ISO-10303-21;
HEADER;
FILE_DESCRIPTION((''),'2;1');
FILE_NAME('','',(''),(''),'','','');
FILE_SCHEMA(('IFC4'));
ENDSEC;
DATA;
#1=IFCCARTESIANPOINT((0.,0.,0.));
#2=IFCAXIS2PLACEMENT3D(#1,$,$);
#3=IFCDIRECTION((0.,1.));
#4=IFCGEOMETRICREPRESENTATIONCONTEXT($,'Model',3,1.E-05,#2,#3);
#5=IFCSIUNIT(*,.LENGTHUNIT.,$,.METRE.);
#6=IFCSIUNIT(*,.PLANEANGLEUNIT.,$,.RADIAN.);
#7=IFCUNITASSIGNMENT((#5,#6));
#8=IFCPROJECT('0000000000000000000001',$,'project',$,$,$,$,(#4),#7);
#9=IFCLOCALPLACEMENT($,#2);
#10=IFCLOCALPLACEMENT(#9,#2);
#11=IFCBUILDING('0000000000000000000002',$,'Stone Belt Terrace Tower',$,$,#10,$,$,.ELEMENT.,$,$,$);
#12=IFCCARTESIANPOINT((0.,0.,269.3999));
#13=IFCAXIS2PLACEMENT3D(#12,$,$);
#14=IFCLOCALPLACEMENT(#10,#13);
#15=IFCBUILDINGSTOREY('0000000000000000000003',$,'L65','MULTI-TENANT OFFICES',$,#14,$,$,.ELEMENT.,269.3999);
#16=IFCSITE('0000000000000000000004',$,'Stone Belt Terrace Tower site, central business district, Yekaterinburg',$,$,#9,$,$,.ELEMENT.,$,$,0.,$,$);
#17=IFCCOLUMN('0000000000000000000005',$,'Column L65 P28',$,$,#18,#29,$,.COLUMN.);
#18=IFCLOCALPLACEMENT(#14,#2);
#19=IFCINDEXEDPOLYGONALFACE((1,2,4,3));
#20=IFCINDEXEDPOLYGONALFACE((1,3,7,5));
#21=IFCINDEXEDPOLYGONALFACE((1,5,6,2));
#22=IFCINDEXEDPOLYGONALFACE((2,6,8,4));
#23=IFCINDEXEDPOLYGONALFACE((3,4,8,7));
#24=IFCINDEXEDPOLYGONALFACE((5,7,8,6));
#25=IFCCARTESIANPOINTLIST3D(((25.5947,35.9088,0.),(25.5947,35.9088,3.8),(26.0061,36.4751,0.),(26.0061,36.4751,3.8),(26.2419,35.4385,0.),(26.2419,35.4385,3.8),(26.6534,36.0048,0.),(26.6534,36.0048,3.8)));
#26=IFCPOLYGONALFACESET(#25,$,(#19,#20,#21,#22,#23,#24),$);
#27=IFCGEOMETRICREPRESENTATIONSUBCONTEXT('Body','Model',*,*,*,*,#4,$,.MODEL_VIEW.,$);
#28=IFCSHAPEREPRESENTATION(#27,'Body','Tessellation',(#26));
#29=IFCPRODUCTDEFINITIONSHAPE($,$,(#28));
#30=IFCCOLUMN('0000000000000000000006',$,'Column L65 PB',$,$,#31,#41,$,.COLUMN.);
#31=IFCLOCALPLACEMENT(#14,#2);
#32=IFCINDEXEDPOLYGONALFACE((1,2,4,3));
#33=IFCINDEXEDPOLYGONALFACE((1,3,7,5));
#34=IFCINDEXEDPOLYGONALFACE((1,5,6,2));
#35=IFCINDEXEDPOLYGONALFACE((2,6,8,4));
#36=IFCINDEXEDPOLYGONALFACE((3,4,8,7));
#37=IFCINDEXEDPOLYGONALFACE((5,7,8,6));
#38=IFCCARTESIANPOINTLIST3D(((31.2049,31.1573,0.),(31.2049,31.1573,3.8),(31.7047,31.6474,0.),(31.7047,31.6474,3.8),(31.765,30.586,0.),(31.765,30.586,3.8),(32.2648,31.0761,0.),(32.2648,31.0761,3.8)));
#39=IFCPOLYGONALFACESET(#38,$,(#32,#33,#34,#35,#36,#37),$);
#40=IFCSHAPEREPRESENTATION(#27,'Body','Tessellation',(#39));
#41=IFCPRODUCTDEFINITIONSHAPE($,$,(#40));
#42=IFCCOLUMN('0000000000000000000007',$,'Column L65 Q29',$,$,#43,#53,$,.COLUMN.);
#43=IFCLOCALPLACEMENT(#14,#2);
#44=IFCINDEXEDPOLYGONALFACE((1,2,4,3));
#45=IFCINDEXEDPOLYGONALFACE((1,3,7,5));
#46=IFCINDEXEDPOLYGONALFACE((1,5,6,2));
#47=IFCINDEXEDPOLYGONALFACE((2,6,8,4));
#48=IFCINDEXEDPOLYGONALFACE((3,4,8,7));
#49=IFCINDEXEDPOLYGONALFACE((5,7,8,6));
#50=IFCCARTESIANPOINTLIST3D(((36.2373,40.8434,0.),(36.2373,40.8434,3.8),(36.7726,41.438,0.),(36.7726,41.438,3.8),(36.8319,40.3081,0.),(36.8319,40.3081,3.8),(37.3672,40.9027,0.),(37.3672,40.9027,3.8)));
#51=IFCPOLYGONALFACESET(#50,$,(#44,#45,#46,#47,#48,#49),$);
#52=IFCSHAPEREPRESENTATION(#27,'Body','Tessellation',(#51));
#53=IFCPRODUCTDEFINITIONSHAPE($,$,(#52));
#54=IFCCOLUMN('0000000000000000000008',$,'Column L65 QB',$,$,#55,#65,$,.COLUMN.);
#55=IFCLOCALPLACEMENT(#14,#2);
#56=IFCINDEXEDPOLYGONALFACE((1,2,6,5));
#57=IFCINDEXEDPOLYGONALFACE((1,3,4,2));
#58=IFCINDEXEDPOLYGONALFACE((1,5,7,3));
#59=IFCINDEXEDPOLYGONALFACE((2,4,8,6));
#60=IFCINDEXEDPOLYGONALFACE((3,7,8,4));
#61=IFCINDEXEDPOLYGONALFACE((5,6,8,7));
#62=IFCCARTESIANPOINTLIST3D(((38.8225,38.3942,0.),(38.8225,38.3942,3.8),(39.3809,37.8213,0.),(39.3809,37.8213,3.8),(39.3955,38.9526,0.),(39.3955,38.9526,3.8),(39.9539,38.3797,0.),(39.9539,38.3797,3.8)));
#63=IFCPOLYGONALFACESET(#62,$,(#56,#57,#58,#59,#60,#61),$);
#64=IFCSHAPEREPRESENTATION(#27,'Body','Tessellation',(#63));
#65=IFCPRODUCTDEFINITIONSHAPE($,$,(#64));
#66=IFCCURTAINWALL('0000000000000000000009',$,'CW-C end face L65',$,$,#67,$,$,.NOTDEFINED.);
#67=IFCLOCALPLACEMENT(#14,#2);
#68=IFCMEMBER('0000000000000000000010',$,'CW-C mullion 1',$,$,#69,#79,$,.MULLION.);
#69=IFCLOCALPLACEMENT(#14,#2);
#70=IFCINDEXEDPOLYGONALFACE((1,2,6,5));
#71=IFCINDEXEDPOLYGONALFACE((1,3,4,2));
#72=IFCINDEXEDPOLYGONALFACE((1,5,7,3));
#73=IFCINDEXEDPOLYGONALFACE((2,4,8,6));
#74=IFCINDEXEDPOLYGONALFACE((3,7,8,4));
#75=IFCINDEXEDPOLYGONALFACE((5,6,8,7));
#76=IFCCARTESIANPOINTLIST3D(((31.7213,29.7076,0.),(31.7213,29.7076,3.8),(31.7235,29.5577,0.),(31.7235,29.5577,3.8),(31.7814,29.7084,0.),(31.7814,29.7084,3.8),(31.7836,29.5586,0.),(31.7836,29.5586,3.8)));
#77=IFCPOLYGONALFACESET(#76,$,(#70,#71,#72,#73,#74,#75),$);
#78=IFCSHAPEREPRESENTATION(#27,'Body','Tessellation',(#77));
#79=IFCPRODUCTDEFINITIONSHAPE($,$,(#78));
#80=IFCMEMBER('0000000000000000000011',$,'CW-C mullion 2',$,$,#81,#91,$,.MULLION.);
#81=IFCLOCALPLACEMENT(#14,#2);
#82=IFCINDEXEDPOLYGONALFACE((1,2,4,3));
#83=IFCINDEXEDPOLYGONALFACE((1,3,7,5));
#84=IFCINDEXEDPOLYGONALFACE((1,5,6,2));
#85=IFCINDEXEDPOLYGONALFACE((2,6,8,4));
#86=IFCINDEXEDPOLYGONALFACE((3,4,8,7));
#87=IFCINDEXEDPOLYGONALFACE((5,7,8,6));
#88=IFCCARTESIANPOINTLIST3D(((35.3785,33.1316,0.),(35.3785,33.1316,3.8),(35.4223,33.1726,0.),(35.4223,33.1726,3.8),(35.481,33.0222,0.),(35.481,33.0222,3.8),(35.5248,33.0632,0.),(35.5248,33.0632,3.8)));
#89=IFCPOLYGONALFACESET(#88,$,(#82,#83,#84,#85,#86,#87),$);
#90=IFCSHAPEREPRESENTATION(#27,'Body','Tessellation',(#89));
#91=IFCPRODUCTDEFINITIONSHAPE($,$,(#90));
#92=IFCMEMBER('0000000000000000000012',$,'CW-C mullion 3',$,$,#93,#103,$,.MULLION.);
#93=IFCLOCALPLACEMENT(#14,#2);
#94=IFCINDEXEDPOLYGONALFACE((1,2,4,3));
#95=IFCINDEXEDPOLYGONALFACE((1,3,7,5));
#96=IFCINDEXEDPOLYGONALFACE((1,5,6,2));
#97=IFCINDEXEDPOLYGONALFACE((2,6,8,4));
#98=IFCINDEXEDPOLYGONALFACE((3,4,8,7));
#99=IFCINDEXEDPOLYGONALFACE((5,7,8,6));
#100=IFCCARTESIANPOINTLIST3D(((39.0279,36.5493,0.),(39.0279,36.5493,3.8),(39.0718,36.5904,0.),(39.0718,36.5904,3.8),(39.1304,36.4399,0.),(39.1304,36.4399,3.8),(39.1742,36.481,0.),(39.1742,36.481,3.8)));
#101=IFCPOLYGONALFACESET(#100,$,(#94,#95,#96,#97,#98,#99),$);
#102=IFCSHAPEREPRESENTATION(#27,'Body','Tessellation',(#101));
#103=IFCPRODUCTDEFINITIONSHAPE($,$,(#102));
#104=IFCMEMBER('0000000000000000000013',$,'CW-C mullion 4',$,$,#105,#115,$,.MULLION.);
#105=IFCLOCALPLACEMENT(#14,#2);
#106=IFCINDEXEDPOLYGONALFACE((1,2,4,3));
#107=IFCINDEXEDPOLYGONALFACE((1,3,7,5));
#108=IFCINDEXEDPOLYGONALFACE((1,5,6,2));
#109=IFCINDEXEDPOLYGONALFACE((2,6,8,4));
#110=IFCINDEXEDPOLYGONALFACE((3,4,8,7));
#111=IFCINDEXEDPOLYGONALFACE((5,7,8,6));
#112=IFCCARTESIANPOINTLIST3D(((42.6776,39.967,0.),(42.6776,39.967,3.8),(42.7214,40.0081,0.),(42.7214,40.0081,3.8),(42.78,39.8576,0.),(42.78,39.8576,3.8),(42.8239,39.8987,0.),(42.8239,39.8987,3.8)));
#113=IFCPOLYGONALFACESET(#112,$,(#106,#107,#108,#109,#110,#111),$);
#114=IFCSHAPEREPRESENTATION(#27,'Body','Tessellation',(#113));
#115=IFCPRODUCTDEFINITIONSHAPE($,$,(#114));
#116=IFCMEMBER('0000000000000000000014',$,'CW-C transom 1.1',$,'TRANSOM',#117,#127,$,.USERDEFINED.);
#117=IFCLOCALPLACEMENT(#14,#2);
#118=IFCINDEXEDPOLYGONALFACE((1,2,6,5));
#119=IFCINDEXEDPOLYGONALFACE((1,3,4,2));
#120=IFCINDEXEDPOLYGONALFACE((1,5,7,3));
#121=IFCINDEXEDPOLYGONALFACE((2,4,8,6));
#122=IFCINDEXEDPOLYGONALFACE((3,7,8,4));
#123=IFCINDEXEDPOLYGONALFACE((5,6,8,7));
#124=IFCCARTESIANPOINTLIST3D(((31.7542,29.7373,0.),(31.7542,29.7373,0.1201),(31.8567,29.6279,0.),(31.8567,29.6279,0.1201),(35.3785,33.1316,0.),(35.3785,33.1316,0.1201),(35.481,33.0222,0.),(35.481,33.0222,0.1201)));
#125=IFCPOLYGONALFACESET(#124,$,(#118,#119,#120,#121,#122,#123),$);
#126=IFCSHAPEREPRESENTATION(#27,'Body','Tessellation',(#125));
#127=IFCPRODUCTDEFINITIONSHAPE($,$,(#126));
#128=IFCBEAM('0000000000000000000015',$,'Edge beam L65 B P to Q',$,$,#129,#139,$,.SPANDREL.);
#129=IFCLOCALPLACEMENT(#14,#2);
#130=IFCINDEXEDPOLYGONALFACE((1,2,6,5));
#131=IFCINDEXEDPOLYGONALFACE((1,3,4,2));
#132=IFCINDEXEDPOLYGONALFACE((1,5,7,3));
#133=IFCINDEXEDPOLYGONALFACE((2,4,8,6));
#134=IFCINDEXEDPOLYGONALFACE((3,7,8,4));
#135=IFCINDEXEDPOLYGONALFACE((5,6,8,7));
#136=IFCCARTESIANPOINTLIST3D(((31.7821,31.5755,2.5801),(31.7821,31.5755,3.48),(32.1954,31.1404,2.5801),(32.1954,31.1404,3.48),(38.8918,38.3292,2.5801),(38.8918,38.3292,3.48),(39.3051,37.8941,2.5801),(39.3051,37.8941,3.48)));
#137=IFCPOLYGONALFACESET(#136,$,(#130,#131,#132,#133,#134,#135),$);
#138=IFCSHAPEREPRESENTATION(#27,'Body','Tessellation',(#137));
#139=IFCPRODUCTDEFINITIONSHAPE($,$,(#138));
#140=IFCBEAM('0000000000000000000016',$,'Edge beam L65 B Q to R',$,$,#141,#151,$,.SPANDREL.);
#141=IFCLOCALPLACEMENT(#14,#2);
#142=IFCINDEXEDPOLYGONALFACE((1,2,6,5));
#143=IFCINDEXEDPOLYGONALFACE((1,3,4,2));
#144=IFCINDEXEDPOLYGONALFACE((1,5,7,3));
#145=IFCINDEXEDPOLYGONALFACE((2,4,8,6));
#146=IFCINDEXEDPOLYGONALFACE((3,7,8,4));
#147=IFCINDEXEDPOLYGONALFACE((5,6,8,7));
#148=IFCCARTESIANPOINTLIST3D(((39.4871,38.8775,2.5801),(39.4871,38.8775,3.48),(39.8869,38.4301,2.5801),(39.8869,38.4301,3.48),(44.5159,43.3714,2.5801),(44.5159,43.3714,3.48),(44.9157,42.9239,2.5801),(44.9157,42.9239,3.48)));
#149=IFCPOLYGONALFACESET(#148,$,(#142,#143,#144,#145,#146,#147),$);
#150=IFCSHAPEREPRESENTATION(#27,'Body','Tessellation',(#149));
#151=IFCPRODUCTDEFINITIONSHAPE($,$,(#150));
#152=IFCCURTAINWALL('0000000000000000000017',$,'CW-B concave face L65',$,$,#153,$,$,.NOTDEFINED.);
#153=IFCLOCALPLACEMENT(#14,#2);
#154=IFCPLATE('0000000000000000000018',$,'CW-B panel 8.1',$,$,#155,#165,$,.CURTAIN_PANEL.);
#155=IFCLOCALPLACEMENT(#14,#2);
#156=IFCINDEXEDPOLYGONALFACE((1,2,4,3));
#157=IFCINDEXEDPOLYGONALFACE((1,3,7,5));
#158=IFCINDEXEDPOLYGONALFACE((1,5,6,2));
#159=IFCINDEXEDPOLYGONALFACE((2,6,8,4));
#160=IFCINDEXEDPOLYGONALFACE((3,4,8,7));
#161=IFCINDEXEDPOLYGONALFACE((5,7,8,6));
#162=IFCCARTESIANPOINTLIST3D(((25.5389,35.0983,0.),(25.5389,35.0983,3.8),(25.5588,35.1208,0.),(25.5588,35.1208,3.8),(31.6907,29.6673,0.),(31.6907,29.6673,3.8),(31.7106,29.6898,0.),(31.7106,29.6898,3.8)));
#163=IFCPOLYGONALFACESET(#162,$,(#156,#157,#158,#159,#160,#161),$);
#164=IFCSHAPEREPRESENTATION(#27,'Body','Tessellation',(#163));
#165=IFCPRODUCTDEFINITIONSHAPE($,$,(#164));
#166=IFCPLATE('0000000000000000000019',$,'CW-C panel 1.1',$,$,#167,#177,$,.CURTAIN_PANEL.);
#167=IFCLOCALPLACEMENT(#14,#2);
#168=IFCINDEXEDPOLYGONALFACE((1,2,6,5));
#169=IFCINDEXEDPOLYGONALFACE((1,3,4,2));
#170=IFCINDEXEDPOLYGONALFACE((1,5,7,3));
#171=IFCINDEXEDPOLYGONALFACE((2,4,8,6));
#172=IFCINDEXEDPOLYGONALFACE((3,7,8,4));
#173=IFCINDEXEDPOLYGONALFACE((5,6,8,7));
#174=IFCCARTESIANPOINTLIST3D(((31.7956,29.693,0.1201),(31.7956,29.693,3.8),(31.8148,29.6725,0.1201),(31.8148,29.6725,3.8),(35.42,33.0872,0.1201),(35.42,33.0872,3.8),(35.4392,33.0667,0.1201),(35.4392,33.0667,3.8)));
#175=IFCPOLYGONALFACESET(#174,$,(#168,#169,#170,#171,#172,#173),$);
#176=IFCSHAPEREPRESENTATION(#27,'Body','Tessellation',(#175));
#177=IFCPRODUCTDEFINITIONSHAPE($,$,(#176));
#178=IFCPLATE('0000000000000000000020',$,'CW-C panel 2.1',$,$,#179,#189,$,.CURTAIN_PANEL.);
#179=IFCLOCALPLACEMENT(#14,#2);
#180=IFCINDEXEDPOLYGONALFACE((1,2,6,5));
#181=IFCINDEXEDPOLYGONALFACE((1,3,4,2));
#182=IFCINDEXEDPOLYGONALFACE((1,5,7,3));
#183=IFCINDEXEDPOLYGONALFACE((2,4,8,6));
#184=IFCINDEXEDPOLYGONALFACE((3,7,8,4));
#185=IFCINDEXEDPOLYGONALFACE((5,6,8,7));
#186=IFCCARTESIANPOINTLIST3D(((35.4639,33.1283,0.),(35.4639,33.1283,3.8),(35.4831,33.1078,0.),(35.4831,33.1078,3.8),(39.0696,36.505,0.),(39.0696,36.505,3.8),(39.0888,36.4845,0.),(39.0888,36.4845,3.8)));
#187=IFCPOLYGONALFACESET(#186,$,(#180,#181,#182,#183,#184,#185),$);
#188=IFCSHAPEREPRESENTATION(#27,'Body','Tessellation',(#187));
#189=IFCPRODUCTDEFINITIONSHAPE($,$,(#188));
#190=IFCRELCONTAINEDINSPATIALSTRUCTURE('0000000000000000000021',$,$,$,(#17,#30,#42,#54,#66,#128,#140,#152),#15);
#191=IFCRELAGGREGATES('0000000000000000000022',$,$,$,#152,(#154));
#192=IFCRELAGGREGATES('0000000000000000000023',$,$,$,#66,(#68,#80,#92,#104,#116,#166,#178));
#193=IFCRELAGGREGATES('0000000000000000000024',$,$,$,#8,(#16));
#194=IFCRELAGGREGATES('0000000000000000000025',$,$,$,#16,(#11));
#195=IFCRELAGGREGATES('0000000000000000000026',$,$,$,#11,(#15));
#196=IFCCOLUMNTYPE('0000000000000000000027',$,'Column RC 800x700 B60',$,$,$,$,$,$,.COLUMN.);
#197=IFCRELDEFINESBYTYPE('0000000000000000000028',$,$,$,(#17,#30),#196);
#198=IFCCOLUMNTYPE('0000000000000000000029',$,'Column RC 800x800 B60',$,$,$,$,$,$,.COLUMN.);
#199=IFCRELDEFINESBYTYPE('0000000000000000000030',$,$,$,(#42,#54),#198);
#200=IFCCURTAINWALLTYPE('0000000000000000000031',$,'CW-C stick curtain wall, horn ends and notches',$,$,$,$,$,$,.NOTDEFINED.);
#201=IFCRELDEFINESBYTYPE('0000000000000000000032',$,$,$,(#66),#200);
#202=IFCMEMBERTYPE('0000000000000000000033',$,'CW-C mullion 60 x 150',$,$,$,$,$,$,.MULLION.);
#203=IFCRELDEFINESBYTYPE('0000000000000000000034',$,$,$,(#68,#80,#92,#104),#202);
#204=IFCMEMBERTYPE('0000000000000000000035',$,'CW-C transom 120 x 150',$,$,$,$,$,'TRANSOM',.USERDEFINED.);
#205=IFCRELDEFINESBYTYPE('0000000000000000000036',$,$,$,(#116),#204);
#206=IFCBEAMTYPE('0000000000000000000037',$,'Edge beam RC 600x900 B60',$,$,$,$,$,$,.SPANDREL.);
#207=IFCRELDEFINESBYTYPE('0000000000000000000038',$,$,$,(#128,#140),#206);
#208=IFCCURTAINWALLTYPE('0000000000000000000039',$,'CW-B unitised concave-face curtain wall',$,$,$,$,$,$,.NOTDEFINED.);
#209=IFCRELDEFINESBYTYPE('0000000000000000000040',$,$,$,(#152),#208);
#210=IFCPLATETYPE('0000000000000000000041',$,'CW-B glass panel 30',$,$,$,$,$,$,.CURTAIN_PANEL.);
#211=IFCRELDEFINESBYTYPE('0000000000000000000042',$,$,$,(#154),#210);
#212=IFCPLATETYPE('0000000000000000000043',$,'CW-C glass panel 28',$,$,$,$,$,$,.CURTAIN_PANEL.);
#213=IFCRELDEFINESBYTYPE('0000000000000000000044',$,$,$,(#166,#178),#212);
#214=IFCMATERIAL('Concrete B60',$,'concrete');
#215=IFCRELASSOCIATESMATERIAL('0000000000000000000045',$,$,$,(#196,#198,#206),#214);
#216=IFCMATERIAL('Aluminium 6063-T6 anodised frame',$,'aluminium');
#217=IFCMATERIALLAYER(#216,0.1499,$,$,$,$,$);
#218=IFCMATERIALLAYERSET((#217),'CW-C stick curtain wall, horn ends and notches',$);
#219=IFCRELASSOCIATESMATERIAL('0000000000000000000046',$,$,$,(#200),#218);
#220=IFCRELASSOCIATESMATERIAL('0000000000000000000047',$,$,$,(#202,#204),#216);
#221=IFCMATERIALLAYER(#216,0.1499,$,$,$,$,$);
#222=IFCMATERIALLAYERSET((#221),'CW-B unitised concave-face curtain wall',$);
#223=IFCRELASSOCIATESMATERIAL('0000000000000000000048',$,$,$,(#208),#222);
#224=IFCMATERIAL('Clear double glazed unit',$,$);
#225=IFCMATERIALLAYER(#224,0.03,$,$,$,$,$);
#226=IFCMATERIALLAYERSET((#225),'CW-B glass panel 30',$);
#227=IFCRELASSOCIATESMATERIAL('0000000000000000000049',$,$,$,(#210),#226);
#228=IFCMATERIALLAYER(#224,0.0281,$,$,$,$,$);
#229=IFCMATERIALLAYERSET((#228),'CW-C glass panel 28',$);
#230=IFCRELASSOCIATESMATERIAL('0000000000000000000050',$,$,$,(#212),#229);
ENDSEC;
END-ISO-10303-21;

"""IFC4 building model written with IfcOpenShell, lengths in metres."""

from ifc_helpers import new_model, si_unit, direction, frame, origin, origin_2d, place, context, subcontext, project, spatial, rectangle, extrude, material, layer, layer_set, material_profile, profile_set, type_object, element, aggregate, save


model = new_model("IFC4")

# Units and contexts
model_context = context("Model", 3, precision=1e-05, world=origin(), true_north=direction((0.0, 1.0)))
body_context = subcontext(model_context, "Body", "Model", "MODEL_VIEW")
ifc_project = project(units=[si_unit("LENGTHUNIT", "METRE"), si_unit("PLANEANGLEUNIT", "RADIAN")], contexts=[model_context])

# Site, building, storey
site_placement = place(None, origin())
site = spatial("IfcSite", under=ifc_project, at=site_placement, Name="Stone Belt Terrace Tower site, central business district, Yekaterinburg", CompositionType="ELEMENT", RefElevation=0.0)
building_placement = place(site_placement, origin())
building = spatial("IfcBuilding", under=site, at=building_placement, Name="Stone Belt Terrace Tower", CompositionType="ELEMENT")
storey_placement = place(building_placement, frame((0.0, 0.0, 269.3999)))
storey = spatial("IfcBuildingStorey", under=building, at=storey_placement, Name="L65", Description="MULTI-TENANT OFFICES", CompositionType="ELEMENT", Elevation=269.3999)

# Columns
ifc_material_1 = material(Name="Concrete B60", Category="concrete")
ifc_material_profile_1 = material_profile(ifc_material_1, rectangle(XDim=0.8, YDim=0.7, at=origin_2d()), Name="RC 800x700")
ifc_profile_set_1 = profile_set([ifc_material_profile_1], Name="Concrete B60")
column_type_1 = type_object("IfcColumnType", Name="Column RC 800x700 B60", PredefinedType="COLUMN", material=ifc_profile_set_1)
for number, where, z_axis, x_axis, name in (
    (1, (26.124, 35.9568, 0.0), (0.0, 0.0, 1.0), (0.809017, -0.587785, 0.0), "Column L65 P28"),
    (2, (31.7349, 31.1167, 0.0), (0.0, 0.0, 1.0), (0.70012, -0.714026, 0.0), "Column L65 PB"),
):
    element("IfcColumn", number, at=place(storey_placement, frame(where, z_axis=z_axis, x_axis=x_axis)), inside=storey, type_object=column_type_1, Name=name, PredefinedType="COLUMN", context=body_context, shape_type="SweptSolid", body=[
        extrude(rectangle(XDim=0.8, YDim=0.7, at=origin_2d()), origin(), (0.0, 0.0, 1.0), 3.8),
    ])
ifc_material_profile_2 = material_profile(ifc_material_1, rectangle(XDim=0.8, YDim=0.8, at=origin_2d()), Name="RC 800x800")
ifc_profile_set_2 = profile_set([ifc_material_profile_2], Name="Concrete B60")
column_type_2 = type_object("IfcColumnType", Name="Column RC 800x800 B60", PredefinedType="COLUMN", material=ifc_profile_set_2)
for number, where, z_axis, x_axis, name in (
    (3, (36.8022, 40.873, 0.0), (0.0, 0.0, 1.0), (0.743145, -0.669131, 0.0), "Column L65 Q29"),
    (4, (39.3882, 38.387, 0.0), (0.0, 0.0, 1.0), (0.697944, -0.716152, 0.0), "Column L65 QB"),
):
    element("IfcColumn", number, at=place(storey_placement, frame(where, z_axis=z_axis, x_axis=x_axis)), inside=storey, type_object=column_type_2, Name=name, PredefinedType="COLUMN", context=body_context, shape_type="SweptSolid", body=[
        extrude(rectangle(XDim=0.8, YDim=0.8, at=origin_2d()), origin(), (0.0, 0.0, 1.0), 3.8),
    ])

# Curtain wall, members
ifc_material_2 = material(Name="Aluminium 6063-T6 anodised frame", Category="aluminium")
ifc_layer_1 = layer(ifc_material_2, 0.1499)
ifc_layer_set_1 = layer_set([ifc_layer_1], Name="CW-C stick curtain wall, horn ends and notches")
curtain_wall_type_1 = type_object("IfcCurtainWallType", Name="CW-C stick curtain wall, horn ends and notches", PredefinedType="NOTDEFINED", material=ifc_layer_set_1)
curtain_wall_1_placement = place(storey_placement, origin())
curtain_wall_1 = element("IfcCurtainWall", 5, at=curtain_wall_1_placement, inside=storey, type_object=curtain_wall_type_1, Name="CW-C end face L65", PredefinedType="NOTDEFINED")
ifc_material_profile_3 = material_profile(ifc_material_2, rectangle(XDim=0.1499, YDim=0.0601, at=origin_2d()), Name="Aluminium 6063-T6 60x150")
ifc_profile_set_3 = profile_set([ifc_material_profile_3], Name="Aluminium 6063-T6 anodised frame")
member_type_1 = type_object("IfcMemberType", Name="CW-C mullion 60 x 150", PredefinedType="MULLION", material=ifc_profile_set_3)
member_1_placement = place(storey_placement, frame((31.7524, 29.6331, 0.0), z_axis=(0.0, 0.0, 1.0), x_axis=(-0.014682, 0.999892, 0.0)))
member_1 = element("IfcMember", 6, at=member_1_placement, type_object=member_type_1, Name="CW-C mullion 1", PredefinedType="MULLION", context=body_context, shape_type="SweptSolid", body=[
    extrude(rectangle(XDim=0.1499, YDim=0.0601, at=origin_2d()), origin(), (0.0, 0.0, 1.0), 3.8),
])
member_2_placement = place(storey_placement, frame((35.4517, 33.0974, 0.0), z_axis=(0.0, 0.0, 1.0), x_axis=(-0.683549, 0.729904, 0.0)))
member_2 = element("IfcMember", 7, at=member_2_placement, type_object=member_type_1, Name="CW-C mullion 2", PredefinedType="MULLION", context=body_context, shape_type="SweptSolid", body=[
    extrude(rectangle(XDim=0.1499, YDim=0.0601, at=origin_2d()), origin(), (0.0, 0.0, 1.0), 3.8),
])
member_3_placement = place(storey_placement, frame((39.1011, 36.5151, 0.0), z_axis=(0.0, 0.0, 1.0), x_axis=(-0.683549, 0.729904, 0.0)))
member_3 = element("IfcMember", 8, at=member_3_placement, type_object=member_type_1, Name="CW-C mullion 3", PredefinedType="MULLION", context=body_context, shape_type="SweptSolid", body=[
    extrude(rectangle(XDim=0.1499, YDim=0.0601, at=origin_2d()), origin(), (0.0, 0.0, 1.0), 3.8),
])
member_4_placement = place(storey_placement, frame((42.7507, 39.9329, 0.0), z_axis=(0.0, 0.0, 1.0), x_axis=(-0.683549, 0.729904, 0.0)))
member_4 = element("IfcMember", 9, at=member_4_placement, type_object=member_type_1, Name="CW-C mullion 4", PredefinedType="MULLION", context=body_context, shape_type="SweptSolid", body=[
    extrude(rectangle(XDim=0.1499, YDim=0.0601, at=origin_2d()), origin(), (0.0, 0.0, 1.0), 3.8),
])
ifc_material_profile_4 = material_profile(ifc_material_2, rectangle(XDim=0.1499, YDim=0.1201, at=origin_2d()), Name="Aluminium 6063-T6 150x120")
ifc_profile_set_4 = profile_set([ifc_material_profile_4], Name="Aluminium 6063-T6 anodised frame")
member_type_2 = type_object("IfcMemberType", Name="CW-C transom 120 x 150", ElementType="TRANSOM", PredefinedType="USERDEFINED", material=ifc_profile_set_4)
member_5_placement = place(storey_placement, frame((31.8054, 29.6826, 0.0601), z_axis=(0.729885, 0.68357, 0.0), x_axis=(-0.68357, 0.729885, 0.0)))
member_5 = element("IfcMember", 10, at=member_5_placement, type_object=member_type_2, Name="CW-C transom 1.1", ObjectType="TRANSOM", PredefinedType="USERDEFINED", context=body_context, shape_type="SweptSolid", body=[
    extrude(rectangle(XDim=0.1499, YDim=0.1201, at=origin_2d()), origin(), (0.0, 0.0, 1.0), 4.9656),
])

# Beams
ifc_material_profile_5 = material_profile(ifc_material_1, rectangle(XDim=0.6001, YDim=0.8999, at=origin_2d()), Name="RC 600x900")
ifc_profile_set_5 = profile_set([ifc_material_profile_5], Name="Concrete B60")
beam_type = type_object("IfcBeamType", Name="Edge beam RC 600x900 B60", PredefinedType="SPANDREL", material=ifc_profile_set_5)
beam_1_placement = place(storey_placement, frame((31.9888, 31.3579, 3.03), z_axis=(0.725024, 0.688724, 0.0), x_axis=(-0.688724, 0.725024, 0.0)))
element("IfcBeam", 11, at=beam_1_placement, inside=storey, type_object=beam_type, Name="Edge beam L65 B P to Q", PredefinedType="SPANDREL", context=body_context, shape_type="SweptSolid", body=[
    extrude(rectangle(XDim=0.6001, YDim=0.8999, at=origin_2d()), origin(), (0.0, 0.0, 1.0), 9.8062),
])
beam_2_placement = place(storey_placement, frame((39.687, 38.6538, 3.03), z_axis=(0.745651, 0.666337, 0.0), x_axis=(-0.666337, 0.745651, 0.0)))
element("IfcBeam", 12, at=beam_2_placement, inside=storey, type_object=beam_type, Name="Edge beam L65 B Q to R", PredefinedType="SPANDREL", context=body_context, shape_type="SweptSolid", body=[
    extrude(rectangle(XDim=0.6001, YDim=0.8999, at=origin_2d()), origin(), (0.0, 0.0, 1.0), 6.7441),
])

# Curtain wall, plate
ifc_layer_2 = layer(ifc_material_2, 0.1499)
ifc_layer_set_2 = layer_set([ifc_layer_2], Name="CW-B unitised concave-face curtain wall")
curtain_wall_type_2 = type_object("IfcCurtainWallType", Name="CW-B unitised concave-face curtain wall", PredefinedType="NOTDEFINED", material=ifc_layer_set_2)
curtain_wall_2_placement = place(storey_placement, origin())
curtain_wall_2 = element("IfcCurtainWall", 13, at=curtain_wall_2_placement, inside=storey, type_object=curtain_wall_type_2, Name="CW-B concave face L65", PredefinedType="NOTDEFINED")
ifc_material_3 = material(Name="Clear double glazed unit")
ifc_layer_3 = layer(ifc_material_3, 0.03)
ifc_layer_set_3 = layer_set([ifc_layer_3], Name="CW-B glass panel 30")
plate_type_1 = type_object("IfcPlateType", Name="CW-B glass panel 30", PredefinedType="CURTAIN_PANEL", material=ifc_layer_set_3)
plate_1_placement = place(storey_placement, frame((28.6248, 32.394, 0.0), z_axis=(0.0, 0.0, 1.0), x_axis=(0.749659, -0.661825, 0.0)))
plate_1 = element("IfcPlate", 14, at=plate_1_placement, type_object=plate_type_1, Name="CW-B panel 8.1", PredefinedType="CURTAIN_PANEL", context=body_context, shape_type="SweptSolid", body=[
    extrude(rectangle(XDim=8.2061, YDim=0.03, at=origin_2d()), origin(), (0.0, 0.0, 1.0), 3.8),
])
aggregate(curtain_wall_2, [plate_1])

# Plates
ifc_layer_4 = layer(ifc_material_3, 0.0281)
ifc_layer_set_4 = layer_set([ifc_layer_4], Name="CW-C glass panel 28")
plate_type_2 = type_object("IfcPlateType", Name="CW-C glass panel 28", PredefinedType="CURTAIN_PANEL", material=ifc_layer_set_4)
plate_2_placement = place(storey_placement, frame((33.6174, 31.3799, 0.1201), z_axis=(0.0, 0.0, 1.0), x_axis=(0.729904, 0.683549, 0.0)))
plate_2 = element("IfcPlate", 15, at=plate_2_placement, type_object=plate_type_2, Name="CW-C panel 1.1", PredefinedType="CURTAIN_PANEL", context=body_context, shape_type="SweptSolid", body=[
    extrude(rectangle(XDim=4.9656, YDim=0.0281, at=origin_2d()), origin(), (0.0, 0.0, 1.0), 3.6799),
])
plate_3_placement = place(storey_placement, frame((37.2764, 34.8064, 0.0), z_axis=(0.0, 0.0, 1.0), x_axis=(0.729904, 0.683549, 0.0)))
plate_3 = element("IfcPlate", 16, at=plate_3_placement, type_object=plate_type_2, Name="CW-C panel 2.1", PredefinedType="CURTAIN_PANEL", context=body_context, shape_type="SweptSolid", body=[
    extrude(rectangle(XDim=4.9399, YDim=0.0281, at=origin_2d()), origin(), (0.0, 0.0, 1.0), 3.8),
])
aggregate(curtain_wall_1, [member_1, member_2, member_3, member_4, member_5, plate_2, plate_3])

save(model, "model.ifc")
